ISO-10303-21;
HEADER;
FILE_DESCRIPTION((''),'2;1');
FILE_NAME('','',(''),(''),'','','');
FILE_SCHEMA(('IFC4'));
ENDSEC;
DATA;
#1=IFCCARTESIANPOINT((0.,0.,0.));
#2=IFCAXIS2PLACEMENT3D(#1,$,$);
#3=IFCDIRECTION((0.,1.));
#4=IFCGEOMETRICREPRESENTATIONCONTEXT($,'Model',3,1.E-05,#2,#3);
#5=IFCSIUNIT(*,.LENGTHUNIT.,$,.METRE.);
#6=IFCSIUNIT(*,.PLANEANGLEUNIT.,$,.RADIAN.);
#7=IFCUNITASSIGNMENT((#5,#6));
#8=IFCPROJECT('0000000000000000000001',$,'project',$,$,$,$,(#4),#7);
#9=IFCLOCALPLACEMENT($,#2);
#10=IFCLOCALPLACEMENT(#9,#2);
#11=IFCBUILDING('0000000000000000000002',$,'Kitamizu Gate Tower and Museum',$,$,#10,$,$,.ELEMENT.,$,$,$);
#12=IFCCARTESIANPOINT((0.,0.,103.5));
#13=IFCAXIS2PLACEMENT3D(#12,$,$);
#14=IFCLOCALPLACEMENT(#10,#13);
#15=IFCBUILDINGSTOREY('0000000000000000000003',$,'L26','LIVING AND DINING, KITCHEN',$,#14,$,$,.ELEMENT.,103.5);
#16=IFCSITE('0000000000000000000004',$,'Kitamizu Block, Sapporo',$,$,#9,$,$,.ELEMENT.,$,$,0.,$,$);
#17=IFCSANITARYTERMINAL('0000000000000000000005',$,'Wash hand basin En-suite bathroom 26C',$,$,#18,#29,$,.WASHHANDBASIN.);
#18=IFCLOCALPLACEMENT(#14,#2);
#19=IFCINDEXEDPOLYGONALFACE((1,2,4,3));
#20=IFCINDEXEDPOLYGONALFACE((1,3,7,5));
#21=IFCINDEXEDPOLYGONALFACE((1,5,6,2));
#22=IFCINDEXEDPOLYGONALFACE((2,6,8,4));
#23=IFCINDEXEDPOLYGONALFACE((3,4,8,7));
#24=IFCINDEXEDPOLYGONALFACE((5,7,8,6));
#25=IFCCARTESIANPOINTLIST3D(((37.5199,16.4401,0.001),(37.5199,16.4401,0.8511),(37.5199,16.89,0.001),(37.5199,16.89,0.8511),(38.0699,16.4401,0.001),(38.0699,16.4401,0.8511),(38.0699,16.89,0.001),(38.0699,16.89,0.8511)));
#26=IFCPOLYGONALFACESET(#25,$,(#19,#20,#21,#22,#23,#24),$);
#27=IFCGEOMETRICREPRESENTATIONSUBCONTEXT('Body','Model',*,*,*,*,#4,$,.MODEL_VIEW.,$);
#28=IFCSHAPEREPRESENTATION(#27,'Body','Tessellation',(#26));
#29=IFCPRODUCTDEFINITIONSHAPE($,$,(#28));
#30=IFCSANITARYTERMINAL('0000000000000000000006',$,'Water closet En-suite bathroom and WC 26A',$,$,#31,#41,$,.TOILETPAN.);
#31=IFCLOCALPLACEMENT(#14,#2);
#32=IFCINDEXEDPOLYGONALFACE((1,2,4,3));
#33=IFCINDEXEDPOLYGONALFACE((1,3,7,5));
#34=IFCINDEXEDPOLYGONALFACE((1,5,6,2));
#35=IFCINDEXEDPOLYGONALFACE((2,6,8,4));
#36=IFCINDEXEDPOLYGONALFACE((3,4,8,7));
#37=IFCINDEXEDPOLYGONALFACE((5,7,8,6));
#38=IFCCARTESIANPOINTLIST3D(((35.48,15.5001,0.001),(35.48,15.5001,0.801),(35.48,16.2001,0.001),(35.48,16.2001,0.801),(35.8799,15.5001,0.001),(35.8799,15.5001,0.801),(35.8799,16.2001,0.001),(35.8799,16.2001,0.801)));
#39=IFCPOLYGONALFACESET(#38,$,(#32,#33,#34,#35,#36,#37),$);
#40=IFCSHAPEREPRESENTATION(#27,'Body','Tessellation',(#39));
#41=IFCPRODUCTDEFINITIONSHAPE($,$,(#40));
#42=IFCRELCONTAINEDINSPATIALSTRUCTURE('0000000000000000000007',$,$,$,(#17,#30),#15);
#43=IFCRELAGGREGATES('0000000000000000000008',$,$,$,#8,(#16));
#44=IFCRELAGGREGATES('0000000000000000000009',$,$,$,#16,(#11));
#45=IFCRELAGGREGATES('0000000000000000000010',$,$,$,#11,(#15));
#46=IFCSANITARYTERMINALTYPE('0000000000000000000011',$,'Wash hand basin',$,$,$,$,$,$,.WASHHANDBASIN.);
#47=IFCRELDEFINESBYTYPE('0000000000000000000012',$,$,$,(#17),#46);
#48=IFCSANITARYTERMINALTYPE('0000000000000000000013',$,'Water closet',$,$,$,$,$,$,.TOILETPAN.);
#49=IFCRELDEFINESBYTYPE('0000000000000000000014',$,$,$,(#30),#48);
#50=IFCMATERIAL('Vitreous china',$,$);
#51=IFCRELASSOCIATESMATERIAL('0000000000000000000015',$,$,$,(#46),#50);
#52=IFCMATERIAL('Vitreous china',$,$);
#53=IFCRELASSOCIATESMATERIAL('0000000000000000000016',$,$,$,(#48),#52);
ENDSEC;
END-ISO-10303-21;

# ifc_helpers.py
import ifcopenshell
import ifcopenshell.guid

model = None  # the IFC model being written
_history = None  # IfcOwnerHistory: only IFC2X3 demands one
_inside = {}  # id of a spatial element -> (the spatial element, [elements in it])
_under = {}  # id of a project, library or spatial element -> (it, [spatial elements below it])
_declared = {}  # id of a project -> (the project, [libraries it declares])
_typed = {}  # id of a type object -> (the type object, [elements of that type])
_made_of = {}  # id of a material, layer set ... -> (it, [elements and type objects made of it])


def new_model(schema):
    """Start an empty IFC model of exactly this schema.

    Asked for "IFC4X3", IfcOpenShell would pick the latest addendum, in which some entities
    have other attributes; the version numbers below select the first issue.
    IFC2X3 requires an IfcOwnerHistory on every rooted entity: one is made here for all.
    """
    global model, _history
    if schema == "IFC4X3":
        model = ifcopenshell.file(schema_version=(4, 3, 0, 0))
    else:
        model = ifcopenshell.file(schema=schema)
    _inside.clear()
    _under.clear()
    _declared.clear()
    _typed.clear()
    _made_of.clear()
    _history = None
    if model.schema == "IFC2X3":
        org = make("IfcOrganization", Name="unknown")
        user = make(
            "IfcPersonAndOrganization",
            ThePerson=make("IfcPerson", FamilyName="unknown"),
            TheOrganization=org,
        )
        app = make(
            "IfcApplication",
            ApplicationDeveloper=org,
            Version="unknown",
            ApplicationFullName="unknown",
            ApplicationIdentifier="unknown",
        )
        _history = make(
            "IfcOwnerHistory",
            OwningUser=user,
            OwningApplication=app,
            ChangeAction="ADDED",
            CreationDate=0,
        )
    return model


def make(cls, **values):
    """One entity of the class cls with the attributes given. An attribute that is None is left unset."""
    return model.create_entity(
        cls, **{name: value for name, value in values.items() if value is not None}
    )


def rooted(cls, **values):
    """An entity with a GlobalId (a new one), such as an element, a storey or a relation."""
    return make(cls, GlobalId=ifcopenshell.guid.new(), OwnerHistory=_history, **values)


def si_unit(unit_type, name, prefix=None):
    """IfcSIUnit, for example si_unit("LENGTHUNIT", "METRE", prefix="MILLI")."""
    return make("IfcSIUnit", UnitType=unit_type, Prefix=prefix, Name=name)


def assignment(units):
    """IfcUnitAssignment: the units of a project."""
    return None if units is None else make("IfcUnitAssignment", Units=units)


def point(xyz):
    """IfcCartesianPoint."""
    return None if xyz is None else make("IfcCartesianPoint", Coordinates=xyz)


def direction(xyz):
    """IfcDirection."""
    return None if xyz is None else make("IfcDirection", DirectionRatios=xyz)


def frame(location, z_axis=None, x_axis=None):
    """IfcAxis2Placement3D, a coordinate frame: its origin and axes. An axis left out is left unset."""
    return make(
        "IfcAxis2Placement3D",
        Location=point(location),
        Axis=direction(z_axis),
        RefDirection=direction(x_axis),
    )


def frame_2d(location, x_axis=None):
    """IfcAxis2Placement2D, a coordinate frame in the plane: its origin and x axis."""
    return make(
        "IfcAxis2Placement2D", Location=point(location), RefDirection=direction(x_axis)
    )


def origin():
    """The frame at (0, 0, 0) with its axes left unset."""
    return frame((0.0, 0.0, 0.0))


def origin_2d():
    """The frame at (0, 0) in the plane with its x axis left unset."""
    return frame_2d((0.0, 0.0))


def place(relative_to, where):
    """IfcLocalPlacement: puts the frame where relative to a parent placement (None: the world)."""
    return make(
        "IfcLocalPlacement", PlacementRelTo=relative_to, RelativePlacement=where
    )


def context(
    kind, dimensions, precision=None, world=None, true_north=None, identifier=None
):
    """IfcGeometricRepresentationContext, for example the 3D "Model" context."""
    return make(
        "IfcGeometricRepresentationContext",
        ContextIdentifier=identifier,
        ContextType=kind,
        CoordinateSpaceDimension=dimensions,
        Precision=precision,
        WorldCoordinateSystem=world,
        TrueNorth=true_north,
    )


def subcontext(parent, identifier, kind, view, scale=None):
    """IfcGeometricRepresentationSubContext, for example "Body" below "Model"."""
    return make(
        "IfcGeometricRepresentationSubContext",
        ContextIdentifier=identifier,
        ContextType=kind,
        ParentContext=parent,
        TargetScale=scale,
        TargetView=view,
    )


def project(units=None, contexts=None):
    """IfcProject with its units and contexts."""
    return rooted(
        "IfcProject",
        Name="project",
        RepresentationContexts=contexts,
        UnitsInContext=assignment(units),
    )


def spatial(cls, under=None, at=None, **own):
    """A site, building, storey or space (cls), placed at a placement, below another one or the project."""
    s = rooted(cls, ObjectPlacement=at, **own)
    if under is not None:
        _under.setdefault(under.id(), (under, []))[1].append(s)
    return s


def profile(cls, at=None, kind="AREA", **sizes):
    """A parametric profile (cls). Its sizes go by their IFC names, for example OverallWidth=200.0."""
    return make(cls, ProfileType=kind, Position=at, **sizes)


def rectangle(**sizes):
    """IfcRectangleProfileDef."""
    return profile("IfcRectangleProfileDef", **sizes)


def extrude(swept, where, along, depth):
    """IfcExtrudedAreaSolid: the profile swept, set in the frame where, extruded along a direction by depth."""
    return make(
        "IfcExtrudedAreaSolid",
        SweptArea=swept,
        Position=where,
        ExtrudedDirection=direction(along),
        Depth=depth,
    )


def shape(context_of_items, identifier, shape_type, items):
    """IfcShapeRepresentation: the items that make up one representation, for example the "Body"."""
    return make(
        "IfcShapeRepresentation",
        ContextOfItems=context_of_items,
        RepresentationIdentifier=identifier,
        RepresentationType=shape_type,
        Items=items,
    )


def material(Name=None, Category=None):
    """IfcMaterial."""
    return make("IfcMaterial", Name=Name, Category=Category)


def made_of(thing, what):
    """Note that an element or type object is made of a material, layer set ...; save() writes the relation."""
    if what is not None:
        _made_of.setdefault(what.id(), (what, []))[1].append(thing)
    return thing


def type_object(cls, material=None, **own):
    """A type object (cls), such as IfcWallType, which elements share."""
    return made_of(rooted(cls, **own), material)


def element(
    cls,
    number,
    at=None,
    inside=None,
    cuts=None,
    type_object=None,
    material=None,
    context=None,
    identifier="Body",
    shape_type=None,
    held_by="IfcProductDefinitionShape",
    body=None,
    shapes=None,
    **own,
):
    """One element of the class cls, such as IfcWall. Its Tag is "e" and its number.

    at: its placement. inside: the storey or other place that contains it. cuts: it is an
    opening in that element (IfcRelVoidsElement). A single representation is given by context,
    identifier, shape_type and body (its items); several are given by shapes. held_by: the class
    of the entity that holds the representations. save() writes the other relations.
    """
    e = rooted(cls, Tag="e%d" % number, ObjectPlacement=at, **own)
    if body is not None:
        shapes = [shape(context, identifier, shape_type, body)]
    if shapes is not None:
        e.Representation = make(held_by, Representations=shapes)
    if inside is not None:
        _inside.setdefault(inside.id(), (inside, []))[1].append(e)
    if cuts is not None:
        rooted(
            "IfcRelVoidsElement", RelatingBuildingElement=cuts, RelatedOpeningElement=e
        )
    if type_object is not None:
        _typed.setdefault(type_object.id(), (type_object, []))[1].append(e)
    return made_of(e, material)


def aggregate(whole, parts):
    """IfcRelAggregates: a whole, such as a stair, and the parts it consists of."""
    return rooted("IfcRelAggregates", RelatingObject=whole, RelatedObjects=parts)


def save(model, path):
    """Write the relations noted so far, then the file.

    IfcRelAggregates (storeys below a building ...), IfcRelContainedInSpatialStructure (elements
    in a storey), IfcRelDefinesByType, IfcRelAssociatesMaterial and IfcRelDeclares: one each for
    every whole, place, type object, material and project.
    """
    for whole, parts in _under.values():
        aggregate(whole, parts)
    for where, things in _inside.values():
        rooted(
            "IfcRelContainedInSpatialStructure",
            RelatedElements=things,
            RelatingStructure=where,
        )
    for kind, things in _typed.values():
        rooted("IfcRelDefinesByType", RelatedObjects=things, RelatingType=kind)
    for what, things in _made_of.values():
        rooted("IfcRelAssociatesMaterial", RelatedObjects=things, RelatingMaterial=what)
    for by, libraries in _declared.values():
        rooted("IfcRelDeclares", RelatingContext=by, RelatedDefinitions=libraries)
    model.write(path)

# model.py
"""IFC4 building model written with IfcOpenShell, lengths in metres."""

from ifc_helpers import new_model, si_unit, direction, frame, origin, origin_2d, place, context, subcontext, project, spatial, rectangle, extrude, material, type_object, element, save


model = new_model("IFC4")

# Units and contexts
model_context = context("Model", 3, precision=1e-05, world=origin(), true_north=direction((0.0, 1.0)))
body_context = subcontext(model_context, "Body", "Model", "MODEL_VIEW")
ifc_project = project(units=[si_unit("LENGTHUNIT", "METRE"), si_unit("PLANEANGLEUNIT", "RADIAN")], contexts=[model_context])

# Site, building, storey
site_placement = place(None, origin())
site = spatial("IfcSite", under=ifc_project, at=site_placement, Name="Kitamizu Block, Sapporo", CompositionType="ELEMENT", RefElevation=0.0)
building_placement = place(site_placement, origin())
building = spatial("IfcBuilding", under=site, at=building_placement, Name="Kitamizu Gate Tower and Museum", CompositionType="ELEMENT")
storey_placement = place(building_placement, frame((0.0, 0.0, 103.5)))
storey = spatial("IfcBuildingStorey", under=building, at=storey_placement, Name="L26", Description="LIVING AND DINING, KITCHEN", CompositionType="ELEMENT", Elevation=103.5)

# Sanitary terminals
ifc_material_1 = material(Name="Vitreous china")
sanitary_terminal_type_1 = type_object("IfcSanitaryTerminalType", Name="Wash hand basin", PredefinedType="WASHHANDBASIN", material=ifc_material_1)
sanitary_terminal_1_placement = place(storey_placement, frame((37.7949, 16.665, 0.001), z_axis=(0.0, 0.0, 1.0), x_axis=(1.0, 0.0, 0.0)))
element("IfcSanitaryTerminal", 1, at=sanitary_terminal_1_placement, inside=storey, type_object=sanitary_terminal_type_1, Name="Wash hand basin En-suite bathroom 26C", PredefinedType="WASHHANDBASIN", context=body_context, shape_type="SweptSolid", body=[
    extrude(rectangle(XDim=0.55, YDim=0.45, at=origin_2d()), origin(), (0.0, 0.0, 1.0), 0.8501),
])
ifc_material_2 = material(Name="Vitreous china")
sanitary_terminal_type_2 = type_object("IfcSanitaryTerminalType", Name="Water closet", PredefinedType="TOILETPAN", material=ifc_material_2)
sanitary_terminal_2_placement = place(storey_placement, frame((35.6799, 15.8501, 0.001), z_axis=(0.0, 0.0, 1.0), x_axis=(1.0, 0.0, 0.0)))
element("IfcSanitaryTerminal", 2, at=sanitary_terminal_2_placement, inside=storey, type_object=sanitary_terminal_type_2, Name="Water closet En-suite bathroom and WC 26A", PredefinedType="TOILETPAN", context=body_context, shape_type="SweptSolid", body=[
    extrude(rectangle(XDim=0.3999, YDim=0.7, at=origin_2d()), origin(), (0.0, 0.0, 1.0), 0.8),
])

save(model, "model.ifc")
